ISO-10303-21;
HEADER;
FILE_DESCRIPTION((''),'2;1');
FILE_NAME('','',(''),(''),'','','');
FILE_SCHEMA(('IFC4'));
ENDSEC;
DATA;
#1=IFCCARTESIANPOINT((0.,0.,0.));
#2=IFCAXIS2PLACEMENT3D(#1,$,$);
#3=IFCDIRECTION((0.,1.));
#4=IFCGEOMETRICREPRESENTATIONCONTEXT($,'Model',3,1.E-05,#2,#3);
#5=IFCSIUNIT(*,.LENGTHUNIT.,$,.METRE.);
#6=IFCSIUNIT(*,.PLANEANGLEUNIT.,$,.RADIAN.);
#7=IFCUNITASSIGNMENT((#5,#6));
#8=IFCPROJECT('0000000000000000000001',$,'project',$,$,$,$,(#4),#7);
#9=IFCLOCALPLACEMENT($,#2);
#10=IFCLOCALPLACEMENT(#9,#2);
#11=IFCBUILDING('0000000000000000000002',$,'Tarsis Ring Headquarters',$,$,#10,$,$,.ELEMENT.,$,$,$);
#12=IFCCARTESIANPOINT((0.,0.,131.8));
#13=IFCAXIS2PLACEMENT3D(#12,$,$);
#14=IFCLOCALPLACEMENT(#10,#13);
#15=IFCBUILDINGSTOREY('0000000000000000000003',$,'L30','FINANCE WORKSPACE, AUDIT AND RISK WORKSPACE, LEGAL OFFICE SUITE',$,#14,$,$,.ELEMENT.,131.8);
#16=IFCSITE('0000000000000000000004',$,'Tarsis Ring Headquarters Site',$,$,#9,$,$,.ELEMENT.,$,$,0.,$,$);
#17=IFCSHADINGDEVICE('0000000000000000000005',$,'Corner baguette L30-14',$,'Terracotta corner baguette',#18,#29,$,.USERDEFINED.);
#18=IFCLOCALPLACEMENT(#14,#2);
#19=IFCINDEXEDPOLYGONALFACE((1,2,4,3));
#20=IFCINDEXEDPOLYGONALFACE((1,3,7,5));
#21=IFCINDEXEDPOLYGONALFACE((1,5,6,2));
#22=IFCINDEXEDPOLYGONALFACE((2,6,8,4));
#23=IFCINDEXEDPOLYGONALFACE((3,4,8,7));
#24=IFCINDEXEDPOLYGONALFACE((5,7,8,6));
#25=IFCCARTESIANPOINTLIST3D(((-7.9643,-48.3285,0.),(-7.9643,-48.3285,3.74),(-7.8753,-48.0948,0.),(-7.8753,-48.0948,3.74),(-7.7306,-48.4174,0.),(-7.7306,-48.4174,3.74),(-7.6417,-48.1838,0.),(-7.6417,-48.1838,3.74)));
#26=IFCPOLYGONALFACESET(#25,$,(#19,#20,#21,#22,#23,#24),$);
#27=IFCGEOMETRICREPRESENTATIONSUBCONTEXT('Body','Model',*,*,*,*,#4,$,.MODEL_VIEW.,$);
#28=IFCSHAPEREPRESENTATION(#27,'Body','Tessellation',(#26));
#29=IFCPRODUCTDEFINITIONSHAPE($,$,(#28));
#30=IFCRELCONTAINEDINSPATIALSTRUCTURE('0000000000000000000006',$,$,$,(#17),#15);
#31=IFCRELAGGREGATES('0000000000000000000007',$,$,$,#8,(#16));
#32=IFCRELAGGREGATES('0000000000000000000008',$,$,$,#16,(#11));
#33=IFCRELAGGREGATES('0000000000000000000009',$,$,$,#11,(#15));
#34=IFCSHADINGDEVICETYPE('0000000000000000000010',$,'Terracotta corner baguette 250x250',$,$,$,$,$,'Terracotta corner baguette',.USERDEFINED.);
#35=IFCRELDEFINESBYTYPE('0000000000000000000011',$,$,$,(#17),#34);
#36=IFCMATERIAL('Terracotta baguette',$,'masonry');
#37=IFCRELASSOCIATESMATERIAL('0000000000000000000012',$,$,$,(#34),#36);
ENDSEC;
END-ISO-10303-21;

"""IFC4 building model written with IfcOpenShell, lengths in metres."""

from ifc_helpers import new_model, si_unit, direction, frame, origin, origin_2d, place, context, subcontext, project, spatial, rectangle, extrude, material, type_object, element, save


model = new_model("IFC4")

# Units and contexts
model_context = context("Model", 3, precision=1e-05, world=origin(), true_north=direction((0.0, 1.0)))
body_context = subcontext(model_context, "Body", "Model", "MODEL_VIEW")
ifc_project = project(units=[si_unit("LENGTHUNIT", "METRE"), si_unit("PLANEANGLEUNIT", "RADIAN")], contexts=[model_context])

# Site, building, storey
site_placement = place(None, origin())
site = spatial("IfcSite", under=ifc_project, at=site_placement, Name="Tarsis Ring Headquarters Site", CompositionType="ELEMENT", RefElevation=0.0)
building_placement = place(site_placement, origin())
building = spatial("IfcBuilding", under=site, at=building_placement, Name="Tarsis Ring Headquarters", CompositionType="ELEMENT")
storey_placement = place(building_placement, frame((0.0, 0.0, 131.8)))
storey = spatial("IfcBuildingStorey", under=building, at=storey_placement, Name="L30", Description="FINANCE WORKSPACE, AUDIT AND RISK WORKSPACE, LEGAL OFFICE SUITE", CompositionType="ELEMENT", Elevation=131.8)

# Shading device
ifc_material_1 = material(Name="Terracotta baguette", Category="masonry")
shading_device_type_1 = type_object("IfcShadingDeviceType", Name="Terracotta corner baguette 250x250", ElementType="Terracotta corner baguette", PredefinedType="USERDEFINED", material=ifc_material_1)
for number, where, z_axis, x_axis, name in (
    (1, (-7.803, -48.2561, 0.0), (0.0, 0.0, 1.0), (0.934578, -0.35576, 0.0), "Corner baguette L30-14"),
):
    element("IfcShadingDevice", number, at=place(storey_placement, frame(where, z_axis=z_axis, x_axis=x_axis)), inside=storey, type_object=shading_device_type_1, Name=name, ObjectType="Terracotta corner baguette", PredefinedType="USERDEFINED", context=body_context, shape_type="SweptSolid", body=[
        extrude(rectangle(XDim=0.25, YDim=0.25, at=origin_2d()), origin(), (0.0, 0.0, 1.0), 3.74),
    ])

save(model, "model.ifc")
